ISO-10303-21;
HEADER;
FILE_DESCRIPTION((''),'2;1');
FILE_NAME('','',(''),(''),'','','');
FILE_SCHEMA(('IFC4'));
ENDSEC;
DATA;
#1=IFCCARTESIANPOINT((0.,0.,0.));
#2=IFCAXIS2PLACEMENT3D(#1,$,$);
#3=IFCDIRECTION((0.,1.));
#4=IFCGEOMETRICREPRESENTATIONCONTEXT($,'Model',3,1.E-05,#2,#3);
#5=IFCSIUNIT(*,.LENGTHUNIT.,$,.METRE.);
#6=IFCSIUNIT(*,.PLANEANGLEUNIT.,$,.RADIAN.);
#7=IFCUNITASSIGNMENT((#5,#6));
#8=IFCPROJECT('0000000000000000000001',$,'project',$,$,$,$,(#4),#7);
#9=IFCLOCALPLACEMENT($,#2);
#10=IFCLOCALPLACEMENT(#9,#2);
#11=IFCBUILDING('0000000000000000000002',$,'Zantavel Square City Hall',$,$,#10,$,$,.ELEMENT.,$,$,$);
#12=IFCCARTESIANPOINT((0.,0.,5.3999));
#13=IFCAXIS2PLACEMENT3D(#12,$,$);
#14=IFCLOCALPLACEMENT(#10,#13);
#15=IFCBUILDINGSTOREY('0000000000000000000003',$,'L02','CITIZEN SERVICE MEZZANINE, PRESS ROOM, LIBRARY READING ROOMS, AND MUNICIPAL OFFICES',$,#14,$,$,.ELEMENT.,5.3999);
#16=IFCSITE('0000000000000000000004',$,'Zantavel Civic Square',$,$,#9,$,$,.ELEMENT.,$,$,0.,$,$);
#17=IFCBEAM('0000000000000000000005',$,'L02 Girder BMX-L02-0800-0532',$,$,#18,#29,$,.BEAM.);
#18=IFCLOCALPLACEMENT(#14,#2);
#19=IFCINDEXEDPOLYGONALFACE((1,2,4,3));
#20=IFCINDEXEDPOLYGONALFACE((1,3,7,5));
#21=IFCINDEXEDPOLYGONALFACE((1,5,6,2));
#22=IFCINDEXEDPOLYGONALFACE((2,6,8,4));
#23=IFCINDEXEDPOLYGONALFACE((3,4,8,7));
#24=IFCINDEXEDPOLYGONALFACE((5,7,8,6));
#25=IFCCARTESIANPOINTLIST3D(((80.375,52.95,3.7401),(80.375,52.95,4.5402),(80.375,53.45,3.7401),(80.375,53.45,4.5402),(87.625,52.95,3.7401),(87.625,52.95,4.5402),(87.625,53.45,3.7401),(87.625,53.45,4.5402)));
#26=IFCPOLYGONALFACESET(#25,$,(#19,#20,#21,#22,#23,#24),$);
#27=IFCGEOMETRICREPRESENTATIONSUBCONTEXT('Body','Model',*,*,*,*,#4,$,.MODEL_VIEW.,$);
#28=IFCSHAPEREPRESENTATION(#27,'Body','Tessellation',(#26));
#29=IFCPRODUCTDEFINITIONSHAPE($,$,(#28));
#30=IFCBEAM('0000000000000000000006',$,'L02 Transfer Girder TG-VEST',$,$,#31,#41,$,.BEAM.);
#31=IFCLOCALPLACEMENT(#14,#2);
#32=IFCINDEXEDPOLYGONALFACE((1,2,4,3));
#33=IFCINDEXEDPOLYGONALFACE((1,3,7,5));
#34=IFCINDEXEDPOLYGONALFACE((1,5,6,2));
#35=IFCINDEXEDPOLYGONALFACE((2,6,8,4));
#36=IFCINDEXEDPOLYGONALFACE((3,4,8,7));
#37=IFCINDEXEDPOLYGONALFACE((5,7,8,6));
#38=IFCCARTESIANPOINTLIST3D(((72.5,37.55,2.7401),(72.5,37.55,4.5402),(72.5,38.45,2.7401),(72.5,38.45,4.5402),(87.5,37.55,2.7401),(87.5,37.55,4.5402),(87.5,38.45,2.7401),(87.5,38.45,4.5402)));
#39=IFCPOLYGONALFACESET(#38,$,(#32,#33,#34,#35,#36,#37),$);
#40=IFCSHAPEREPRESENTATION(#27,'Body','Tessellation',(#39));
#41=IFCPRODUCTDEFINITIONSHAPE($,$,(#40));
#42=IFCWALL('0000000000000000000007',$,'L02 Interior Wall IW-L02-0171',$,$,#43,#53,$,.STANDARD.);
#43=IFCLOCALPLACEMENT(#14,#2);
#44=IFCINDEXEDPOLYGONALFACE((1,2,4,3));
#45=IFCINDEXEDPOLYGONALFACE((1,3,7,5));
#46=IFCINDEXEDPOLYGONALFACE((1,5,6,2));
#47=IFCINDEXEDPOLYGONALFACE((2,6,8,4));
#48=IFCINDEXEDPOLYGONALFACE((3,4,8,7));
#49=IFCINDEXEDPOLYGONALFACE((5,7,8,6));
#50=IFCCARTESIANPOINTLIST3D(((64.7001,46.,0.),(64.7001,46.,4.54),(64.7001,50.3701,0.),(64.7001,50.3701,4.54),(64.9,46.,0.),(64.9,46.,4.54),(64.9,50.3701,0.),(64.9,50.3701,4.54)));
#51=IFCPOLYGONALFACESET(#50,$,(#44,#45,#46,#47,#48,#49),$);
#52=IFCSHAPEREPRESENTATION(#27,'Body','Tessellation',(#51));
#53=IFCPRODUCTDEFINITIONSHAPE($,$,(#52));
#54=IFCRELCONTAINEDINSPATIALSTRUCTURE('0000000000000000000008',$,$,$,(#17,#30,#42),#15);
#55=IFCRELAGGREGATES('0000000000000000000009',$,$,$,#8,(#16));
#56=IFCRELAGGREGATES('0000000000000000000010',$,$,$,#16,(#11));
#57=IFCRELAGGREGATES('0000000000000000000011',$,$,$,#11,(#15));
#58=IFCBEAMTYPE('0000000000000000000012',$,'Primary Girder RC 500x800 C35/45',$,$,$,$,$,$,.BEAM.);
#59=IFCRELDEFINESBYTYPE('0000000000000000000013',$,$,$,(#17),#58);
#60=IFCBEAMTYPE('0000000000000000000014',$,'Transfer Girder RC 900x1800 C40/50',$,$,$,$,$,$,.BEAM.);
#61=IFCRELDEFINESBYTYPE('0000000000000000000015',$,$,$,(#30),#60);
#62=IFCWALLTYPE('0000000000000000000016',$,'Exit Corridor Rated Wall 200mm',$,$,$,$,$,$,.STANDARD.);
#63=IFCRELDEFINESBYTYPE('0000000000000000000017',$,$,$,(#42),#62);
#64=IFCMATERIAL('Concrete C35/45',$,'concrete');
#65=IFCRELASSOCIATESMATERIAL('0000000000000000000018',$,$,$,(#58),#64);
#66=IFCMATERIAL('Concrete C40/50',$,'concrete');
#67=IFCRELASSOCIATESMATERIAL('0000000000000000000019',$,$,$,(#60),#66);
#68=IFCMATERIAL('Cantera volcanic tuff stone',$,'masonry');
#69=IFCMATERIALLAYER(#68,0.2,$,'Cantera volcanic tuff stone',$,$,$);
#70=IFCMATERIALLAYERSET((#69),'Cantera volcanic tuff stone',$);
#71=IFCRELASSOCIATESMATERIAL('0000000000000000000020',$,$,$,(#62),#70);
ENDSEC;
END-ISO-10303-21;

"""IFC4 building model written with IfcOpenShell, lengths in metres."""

from ifc_helpers import new_model, si_unit, direction, frame, frame_2d, origin, origin_2d, place, context, subcontext, project, spatial, rectangle, extrude, material, layer, layer_set, material_profile, profile_set, type_object, element, save


model = new_model("IFC4")

# Units and contexts
model_context = context("Model", 3, precision=1e-05, world=origin(), true_north=direction((0.0, 1.0)))
body_context = subcontext(model_context, "Body", "Model", "MODEL_VIEW")
ifc_project = project(units=[si_unit("LENGTHUNIT", "METRE"), si_unit("PLANEANGLEUNIT", "RADIAN")], contexts=[model_context])

# Site, building, storey
site_placement = place(None, origin())
site = spatial("IfcSite", under=ifc_project, at=site_placement, Name="Zantavel Civic Square", CompositionType="ELEMENT", RefElevation=0.0)
building_placement = place(site_placement, origin())
building = spatial("IfcBuilding", under=site, at=building_placement, Name="Zantavel Square City Hall", CompositionType="ELEMENT")
storey_placement = place(building_placement, frame((0.0, 0.0, 5.3999)))
storey = spatial("IfcBuildingStorey", under=building, at=storey_placement, Name="L02", Description="CITIZEN SERVICE MEZZANINE, PRESS ROOM, LIBRARY READING ROOMS, AND MUNICIPAL OFFICES", CompositionType="ELEMENT", Elevation=5.3999)

# Shared definitions
ifc_material_1 = material(Name="Concrete C40/50", Category="concrete")

# Beams
ifc_material_2 = material(Name="Concrete C35/45", Category="concrete")
ifc_material_profile_1 = material_profile(ifc_material_2, rectangle(XDim=0.5, YDim=0.8, at=origin_2d()), Name="RC 500x800")
ifc_profile_set_1 = profile_set([ifc_material_profile_1], Name="Concrete C35/45")
beam_type_1 = type_object("IfcBeamType", Name="Primary Girder RC 500x800 C35/45", PredefinedType="BEAM", material=ifc_profile_set_1)
for number, where, z_axis, x_axis, name in (
    (1, (80.375, 53.2, 4.1401), (1.0, 0.0, 0.0), (0.0, 1.0, 0.0), "L02 Girder BMX-L02-0800-0532"),
):
    element("IfcBeam", number, at=place(storey_placement, frame(where, z_axis=z_axis, x_axis=x_axis)), inside=storey, type_object=beam_type_1, Name=name, PredefinedType="BEAM", context=body_context, shape_type="SweptSolid", body=[
        extrude(rectangle(XDim=0.5, YDim=0.8, at=origin_2d()), origin(), (0.0, 0.0, 1.0), 7.25),
    ])
ifc_material_profile_2 = material_profile(ifc_material_1, rectangle(XDim=0.8999, YDim=1.8, at=origin_2d()), Name="RC 900x1800")
ifc_profile_set_2 = profile_set([ifc_material_profile_2], Name="Concrete C40/50")
beam_type_2 = type_object("IfcBeamType", Name="Transfer Girder RC 900x1800 C40/50", PredefinedType="BEAM", material=ifc_profile_set_2)
beam_1_placement = place(storey_placement, frame((72.5, 38.0, 3.6401), z_axis=(1.0, 0.0, 0.0), x_axis=(0.0, 1.0, 0.0)))
element("IfcBeam", 2, at=beam_1_placement, inside=storey, type_object=beam_type_2, Name="L02 Transfer Girder TG-VEST", PredefinedType="BEAM", context=body_context, shape_type="SweptSolid", body=[
    extrude(rectangle(XDim=0.8999, YDim=1.8, at=origin_2d()), origin(), (0.0, 0.0, 1.0), 15.0),
])

# Wall
ifc_material_3 = material(Name="Cantera volcanic tuff stone", Category="masonry")
ifc_layer = layer(ifc_material_3, 0.2, Name="Cantera volcanic tuff stone")
ifc_layer_set = layer_set([ifc_layer], Name="Cantera volcanic tuff stone")
wall_type = type_object("IfcWallType", Name="Exit Corridor Rated Wall 200mm", PredefinedType="STANDARD", material=ifc_layer_set)
wall_1_placement = place(storey_placement, frame((64.8, 50.3701, 0.0), z_axis=(0.0, 0.0, 1.0), x_axis=(0.0, -1.0, 0.0)))
element("IfcWall", 3, at=wall_1_placement, inside=storey, type_object=wall_type, Name="L02 Interior Wall IW-L02-0171", PredefinedType="STANDARD", context=body_context, shape_type="SweptSolid", body=[
    extrude(rectangle(XDim=4.3701, YDim=0.2, at=frame_2d((2.1851, 0.0))), origin(), (0.0, 0.0, 1.0), 4.54),
])

save(model, "model.ifc")
